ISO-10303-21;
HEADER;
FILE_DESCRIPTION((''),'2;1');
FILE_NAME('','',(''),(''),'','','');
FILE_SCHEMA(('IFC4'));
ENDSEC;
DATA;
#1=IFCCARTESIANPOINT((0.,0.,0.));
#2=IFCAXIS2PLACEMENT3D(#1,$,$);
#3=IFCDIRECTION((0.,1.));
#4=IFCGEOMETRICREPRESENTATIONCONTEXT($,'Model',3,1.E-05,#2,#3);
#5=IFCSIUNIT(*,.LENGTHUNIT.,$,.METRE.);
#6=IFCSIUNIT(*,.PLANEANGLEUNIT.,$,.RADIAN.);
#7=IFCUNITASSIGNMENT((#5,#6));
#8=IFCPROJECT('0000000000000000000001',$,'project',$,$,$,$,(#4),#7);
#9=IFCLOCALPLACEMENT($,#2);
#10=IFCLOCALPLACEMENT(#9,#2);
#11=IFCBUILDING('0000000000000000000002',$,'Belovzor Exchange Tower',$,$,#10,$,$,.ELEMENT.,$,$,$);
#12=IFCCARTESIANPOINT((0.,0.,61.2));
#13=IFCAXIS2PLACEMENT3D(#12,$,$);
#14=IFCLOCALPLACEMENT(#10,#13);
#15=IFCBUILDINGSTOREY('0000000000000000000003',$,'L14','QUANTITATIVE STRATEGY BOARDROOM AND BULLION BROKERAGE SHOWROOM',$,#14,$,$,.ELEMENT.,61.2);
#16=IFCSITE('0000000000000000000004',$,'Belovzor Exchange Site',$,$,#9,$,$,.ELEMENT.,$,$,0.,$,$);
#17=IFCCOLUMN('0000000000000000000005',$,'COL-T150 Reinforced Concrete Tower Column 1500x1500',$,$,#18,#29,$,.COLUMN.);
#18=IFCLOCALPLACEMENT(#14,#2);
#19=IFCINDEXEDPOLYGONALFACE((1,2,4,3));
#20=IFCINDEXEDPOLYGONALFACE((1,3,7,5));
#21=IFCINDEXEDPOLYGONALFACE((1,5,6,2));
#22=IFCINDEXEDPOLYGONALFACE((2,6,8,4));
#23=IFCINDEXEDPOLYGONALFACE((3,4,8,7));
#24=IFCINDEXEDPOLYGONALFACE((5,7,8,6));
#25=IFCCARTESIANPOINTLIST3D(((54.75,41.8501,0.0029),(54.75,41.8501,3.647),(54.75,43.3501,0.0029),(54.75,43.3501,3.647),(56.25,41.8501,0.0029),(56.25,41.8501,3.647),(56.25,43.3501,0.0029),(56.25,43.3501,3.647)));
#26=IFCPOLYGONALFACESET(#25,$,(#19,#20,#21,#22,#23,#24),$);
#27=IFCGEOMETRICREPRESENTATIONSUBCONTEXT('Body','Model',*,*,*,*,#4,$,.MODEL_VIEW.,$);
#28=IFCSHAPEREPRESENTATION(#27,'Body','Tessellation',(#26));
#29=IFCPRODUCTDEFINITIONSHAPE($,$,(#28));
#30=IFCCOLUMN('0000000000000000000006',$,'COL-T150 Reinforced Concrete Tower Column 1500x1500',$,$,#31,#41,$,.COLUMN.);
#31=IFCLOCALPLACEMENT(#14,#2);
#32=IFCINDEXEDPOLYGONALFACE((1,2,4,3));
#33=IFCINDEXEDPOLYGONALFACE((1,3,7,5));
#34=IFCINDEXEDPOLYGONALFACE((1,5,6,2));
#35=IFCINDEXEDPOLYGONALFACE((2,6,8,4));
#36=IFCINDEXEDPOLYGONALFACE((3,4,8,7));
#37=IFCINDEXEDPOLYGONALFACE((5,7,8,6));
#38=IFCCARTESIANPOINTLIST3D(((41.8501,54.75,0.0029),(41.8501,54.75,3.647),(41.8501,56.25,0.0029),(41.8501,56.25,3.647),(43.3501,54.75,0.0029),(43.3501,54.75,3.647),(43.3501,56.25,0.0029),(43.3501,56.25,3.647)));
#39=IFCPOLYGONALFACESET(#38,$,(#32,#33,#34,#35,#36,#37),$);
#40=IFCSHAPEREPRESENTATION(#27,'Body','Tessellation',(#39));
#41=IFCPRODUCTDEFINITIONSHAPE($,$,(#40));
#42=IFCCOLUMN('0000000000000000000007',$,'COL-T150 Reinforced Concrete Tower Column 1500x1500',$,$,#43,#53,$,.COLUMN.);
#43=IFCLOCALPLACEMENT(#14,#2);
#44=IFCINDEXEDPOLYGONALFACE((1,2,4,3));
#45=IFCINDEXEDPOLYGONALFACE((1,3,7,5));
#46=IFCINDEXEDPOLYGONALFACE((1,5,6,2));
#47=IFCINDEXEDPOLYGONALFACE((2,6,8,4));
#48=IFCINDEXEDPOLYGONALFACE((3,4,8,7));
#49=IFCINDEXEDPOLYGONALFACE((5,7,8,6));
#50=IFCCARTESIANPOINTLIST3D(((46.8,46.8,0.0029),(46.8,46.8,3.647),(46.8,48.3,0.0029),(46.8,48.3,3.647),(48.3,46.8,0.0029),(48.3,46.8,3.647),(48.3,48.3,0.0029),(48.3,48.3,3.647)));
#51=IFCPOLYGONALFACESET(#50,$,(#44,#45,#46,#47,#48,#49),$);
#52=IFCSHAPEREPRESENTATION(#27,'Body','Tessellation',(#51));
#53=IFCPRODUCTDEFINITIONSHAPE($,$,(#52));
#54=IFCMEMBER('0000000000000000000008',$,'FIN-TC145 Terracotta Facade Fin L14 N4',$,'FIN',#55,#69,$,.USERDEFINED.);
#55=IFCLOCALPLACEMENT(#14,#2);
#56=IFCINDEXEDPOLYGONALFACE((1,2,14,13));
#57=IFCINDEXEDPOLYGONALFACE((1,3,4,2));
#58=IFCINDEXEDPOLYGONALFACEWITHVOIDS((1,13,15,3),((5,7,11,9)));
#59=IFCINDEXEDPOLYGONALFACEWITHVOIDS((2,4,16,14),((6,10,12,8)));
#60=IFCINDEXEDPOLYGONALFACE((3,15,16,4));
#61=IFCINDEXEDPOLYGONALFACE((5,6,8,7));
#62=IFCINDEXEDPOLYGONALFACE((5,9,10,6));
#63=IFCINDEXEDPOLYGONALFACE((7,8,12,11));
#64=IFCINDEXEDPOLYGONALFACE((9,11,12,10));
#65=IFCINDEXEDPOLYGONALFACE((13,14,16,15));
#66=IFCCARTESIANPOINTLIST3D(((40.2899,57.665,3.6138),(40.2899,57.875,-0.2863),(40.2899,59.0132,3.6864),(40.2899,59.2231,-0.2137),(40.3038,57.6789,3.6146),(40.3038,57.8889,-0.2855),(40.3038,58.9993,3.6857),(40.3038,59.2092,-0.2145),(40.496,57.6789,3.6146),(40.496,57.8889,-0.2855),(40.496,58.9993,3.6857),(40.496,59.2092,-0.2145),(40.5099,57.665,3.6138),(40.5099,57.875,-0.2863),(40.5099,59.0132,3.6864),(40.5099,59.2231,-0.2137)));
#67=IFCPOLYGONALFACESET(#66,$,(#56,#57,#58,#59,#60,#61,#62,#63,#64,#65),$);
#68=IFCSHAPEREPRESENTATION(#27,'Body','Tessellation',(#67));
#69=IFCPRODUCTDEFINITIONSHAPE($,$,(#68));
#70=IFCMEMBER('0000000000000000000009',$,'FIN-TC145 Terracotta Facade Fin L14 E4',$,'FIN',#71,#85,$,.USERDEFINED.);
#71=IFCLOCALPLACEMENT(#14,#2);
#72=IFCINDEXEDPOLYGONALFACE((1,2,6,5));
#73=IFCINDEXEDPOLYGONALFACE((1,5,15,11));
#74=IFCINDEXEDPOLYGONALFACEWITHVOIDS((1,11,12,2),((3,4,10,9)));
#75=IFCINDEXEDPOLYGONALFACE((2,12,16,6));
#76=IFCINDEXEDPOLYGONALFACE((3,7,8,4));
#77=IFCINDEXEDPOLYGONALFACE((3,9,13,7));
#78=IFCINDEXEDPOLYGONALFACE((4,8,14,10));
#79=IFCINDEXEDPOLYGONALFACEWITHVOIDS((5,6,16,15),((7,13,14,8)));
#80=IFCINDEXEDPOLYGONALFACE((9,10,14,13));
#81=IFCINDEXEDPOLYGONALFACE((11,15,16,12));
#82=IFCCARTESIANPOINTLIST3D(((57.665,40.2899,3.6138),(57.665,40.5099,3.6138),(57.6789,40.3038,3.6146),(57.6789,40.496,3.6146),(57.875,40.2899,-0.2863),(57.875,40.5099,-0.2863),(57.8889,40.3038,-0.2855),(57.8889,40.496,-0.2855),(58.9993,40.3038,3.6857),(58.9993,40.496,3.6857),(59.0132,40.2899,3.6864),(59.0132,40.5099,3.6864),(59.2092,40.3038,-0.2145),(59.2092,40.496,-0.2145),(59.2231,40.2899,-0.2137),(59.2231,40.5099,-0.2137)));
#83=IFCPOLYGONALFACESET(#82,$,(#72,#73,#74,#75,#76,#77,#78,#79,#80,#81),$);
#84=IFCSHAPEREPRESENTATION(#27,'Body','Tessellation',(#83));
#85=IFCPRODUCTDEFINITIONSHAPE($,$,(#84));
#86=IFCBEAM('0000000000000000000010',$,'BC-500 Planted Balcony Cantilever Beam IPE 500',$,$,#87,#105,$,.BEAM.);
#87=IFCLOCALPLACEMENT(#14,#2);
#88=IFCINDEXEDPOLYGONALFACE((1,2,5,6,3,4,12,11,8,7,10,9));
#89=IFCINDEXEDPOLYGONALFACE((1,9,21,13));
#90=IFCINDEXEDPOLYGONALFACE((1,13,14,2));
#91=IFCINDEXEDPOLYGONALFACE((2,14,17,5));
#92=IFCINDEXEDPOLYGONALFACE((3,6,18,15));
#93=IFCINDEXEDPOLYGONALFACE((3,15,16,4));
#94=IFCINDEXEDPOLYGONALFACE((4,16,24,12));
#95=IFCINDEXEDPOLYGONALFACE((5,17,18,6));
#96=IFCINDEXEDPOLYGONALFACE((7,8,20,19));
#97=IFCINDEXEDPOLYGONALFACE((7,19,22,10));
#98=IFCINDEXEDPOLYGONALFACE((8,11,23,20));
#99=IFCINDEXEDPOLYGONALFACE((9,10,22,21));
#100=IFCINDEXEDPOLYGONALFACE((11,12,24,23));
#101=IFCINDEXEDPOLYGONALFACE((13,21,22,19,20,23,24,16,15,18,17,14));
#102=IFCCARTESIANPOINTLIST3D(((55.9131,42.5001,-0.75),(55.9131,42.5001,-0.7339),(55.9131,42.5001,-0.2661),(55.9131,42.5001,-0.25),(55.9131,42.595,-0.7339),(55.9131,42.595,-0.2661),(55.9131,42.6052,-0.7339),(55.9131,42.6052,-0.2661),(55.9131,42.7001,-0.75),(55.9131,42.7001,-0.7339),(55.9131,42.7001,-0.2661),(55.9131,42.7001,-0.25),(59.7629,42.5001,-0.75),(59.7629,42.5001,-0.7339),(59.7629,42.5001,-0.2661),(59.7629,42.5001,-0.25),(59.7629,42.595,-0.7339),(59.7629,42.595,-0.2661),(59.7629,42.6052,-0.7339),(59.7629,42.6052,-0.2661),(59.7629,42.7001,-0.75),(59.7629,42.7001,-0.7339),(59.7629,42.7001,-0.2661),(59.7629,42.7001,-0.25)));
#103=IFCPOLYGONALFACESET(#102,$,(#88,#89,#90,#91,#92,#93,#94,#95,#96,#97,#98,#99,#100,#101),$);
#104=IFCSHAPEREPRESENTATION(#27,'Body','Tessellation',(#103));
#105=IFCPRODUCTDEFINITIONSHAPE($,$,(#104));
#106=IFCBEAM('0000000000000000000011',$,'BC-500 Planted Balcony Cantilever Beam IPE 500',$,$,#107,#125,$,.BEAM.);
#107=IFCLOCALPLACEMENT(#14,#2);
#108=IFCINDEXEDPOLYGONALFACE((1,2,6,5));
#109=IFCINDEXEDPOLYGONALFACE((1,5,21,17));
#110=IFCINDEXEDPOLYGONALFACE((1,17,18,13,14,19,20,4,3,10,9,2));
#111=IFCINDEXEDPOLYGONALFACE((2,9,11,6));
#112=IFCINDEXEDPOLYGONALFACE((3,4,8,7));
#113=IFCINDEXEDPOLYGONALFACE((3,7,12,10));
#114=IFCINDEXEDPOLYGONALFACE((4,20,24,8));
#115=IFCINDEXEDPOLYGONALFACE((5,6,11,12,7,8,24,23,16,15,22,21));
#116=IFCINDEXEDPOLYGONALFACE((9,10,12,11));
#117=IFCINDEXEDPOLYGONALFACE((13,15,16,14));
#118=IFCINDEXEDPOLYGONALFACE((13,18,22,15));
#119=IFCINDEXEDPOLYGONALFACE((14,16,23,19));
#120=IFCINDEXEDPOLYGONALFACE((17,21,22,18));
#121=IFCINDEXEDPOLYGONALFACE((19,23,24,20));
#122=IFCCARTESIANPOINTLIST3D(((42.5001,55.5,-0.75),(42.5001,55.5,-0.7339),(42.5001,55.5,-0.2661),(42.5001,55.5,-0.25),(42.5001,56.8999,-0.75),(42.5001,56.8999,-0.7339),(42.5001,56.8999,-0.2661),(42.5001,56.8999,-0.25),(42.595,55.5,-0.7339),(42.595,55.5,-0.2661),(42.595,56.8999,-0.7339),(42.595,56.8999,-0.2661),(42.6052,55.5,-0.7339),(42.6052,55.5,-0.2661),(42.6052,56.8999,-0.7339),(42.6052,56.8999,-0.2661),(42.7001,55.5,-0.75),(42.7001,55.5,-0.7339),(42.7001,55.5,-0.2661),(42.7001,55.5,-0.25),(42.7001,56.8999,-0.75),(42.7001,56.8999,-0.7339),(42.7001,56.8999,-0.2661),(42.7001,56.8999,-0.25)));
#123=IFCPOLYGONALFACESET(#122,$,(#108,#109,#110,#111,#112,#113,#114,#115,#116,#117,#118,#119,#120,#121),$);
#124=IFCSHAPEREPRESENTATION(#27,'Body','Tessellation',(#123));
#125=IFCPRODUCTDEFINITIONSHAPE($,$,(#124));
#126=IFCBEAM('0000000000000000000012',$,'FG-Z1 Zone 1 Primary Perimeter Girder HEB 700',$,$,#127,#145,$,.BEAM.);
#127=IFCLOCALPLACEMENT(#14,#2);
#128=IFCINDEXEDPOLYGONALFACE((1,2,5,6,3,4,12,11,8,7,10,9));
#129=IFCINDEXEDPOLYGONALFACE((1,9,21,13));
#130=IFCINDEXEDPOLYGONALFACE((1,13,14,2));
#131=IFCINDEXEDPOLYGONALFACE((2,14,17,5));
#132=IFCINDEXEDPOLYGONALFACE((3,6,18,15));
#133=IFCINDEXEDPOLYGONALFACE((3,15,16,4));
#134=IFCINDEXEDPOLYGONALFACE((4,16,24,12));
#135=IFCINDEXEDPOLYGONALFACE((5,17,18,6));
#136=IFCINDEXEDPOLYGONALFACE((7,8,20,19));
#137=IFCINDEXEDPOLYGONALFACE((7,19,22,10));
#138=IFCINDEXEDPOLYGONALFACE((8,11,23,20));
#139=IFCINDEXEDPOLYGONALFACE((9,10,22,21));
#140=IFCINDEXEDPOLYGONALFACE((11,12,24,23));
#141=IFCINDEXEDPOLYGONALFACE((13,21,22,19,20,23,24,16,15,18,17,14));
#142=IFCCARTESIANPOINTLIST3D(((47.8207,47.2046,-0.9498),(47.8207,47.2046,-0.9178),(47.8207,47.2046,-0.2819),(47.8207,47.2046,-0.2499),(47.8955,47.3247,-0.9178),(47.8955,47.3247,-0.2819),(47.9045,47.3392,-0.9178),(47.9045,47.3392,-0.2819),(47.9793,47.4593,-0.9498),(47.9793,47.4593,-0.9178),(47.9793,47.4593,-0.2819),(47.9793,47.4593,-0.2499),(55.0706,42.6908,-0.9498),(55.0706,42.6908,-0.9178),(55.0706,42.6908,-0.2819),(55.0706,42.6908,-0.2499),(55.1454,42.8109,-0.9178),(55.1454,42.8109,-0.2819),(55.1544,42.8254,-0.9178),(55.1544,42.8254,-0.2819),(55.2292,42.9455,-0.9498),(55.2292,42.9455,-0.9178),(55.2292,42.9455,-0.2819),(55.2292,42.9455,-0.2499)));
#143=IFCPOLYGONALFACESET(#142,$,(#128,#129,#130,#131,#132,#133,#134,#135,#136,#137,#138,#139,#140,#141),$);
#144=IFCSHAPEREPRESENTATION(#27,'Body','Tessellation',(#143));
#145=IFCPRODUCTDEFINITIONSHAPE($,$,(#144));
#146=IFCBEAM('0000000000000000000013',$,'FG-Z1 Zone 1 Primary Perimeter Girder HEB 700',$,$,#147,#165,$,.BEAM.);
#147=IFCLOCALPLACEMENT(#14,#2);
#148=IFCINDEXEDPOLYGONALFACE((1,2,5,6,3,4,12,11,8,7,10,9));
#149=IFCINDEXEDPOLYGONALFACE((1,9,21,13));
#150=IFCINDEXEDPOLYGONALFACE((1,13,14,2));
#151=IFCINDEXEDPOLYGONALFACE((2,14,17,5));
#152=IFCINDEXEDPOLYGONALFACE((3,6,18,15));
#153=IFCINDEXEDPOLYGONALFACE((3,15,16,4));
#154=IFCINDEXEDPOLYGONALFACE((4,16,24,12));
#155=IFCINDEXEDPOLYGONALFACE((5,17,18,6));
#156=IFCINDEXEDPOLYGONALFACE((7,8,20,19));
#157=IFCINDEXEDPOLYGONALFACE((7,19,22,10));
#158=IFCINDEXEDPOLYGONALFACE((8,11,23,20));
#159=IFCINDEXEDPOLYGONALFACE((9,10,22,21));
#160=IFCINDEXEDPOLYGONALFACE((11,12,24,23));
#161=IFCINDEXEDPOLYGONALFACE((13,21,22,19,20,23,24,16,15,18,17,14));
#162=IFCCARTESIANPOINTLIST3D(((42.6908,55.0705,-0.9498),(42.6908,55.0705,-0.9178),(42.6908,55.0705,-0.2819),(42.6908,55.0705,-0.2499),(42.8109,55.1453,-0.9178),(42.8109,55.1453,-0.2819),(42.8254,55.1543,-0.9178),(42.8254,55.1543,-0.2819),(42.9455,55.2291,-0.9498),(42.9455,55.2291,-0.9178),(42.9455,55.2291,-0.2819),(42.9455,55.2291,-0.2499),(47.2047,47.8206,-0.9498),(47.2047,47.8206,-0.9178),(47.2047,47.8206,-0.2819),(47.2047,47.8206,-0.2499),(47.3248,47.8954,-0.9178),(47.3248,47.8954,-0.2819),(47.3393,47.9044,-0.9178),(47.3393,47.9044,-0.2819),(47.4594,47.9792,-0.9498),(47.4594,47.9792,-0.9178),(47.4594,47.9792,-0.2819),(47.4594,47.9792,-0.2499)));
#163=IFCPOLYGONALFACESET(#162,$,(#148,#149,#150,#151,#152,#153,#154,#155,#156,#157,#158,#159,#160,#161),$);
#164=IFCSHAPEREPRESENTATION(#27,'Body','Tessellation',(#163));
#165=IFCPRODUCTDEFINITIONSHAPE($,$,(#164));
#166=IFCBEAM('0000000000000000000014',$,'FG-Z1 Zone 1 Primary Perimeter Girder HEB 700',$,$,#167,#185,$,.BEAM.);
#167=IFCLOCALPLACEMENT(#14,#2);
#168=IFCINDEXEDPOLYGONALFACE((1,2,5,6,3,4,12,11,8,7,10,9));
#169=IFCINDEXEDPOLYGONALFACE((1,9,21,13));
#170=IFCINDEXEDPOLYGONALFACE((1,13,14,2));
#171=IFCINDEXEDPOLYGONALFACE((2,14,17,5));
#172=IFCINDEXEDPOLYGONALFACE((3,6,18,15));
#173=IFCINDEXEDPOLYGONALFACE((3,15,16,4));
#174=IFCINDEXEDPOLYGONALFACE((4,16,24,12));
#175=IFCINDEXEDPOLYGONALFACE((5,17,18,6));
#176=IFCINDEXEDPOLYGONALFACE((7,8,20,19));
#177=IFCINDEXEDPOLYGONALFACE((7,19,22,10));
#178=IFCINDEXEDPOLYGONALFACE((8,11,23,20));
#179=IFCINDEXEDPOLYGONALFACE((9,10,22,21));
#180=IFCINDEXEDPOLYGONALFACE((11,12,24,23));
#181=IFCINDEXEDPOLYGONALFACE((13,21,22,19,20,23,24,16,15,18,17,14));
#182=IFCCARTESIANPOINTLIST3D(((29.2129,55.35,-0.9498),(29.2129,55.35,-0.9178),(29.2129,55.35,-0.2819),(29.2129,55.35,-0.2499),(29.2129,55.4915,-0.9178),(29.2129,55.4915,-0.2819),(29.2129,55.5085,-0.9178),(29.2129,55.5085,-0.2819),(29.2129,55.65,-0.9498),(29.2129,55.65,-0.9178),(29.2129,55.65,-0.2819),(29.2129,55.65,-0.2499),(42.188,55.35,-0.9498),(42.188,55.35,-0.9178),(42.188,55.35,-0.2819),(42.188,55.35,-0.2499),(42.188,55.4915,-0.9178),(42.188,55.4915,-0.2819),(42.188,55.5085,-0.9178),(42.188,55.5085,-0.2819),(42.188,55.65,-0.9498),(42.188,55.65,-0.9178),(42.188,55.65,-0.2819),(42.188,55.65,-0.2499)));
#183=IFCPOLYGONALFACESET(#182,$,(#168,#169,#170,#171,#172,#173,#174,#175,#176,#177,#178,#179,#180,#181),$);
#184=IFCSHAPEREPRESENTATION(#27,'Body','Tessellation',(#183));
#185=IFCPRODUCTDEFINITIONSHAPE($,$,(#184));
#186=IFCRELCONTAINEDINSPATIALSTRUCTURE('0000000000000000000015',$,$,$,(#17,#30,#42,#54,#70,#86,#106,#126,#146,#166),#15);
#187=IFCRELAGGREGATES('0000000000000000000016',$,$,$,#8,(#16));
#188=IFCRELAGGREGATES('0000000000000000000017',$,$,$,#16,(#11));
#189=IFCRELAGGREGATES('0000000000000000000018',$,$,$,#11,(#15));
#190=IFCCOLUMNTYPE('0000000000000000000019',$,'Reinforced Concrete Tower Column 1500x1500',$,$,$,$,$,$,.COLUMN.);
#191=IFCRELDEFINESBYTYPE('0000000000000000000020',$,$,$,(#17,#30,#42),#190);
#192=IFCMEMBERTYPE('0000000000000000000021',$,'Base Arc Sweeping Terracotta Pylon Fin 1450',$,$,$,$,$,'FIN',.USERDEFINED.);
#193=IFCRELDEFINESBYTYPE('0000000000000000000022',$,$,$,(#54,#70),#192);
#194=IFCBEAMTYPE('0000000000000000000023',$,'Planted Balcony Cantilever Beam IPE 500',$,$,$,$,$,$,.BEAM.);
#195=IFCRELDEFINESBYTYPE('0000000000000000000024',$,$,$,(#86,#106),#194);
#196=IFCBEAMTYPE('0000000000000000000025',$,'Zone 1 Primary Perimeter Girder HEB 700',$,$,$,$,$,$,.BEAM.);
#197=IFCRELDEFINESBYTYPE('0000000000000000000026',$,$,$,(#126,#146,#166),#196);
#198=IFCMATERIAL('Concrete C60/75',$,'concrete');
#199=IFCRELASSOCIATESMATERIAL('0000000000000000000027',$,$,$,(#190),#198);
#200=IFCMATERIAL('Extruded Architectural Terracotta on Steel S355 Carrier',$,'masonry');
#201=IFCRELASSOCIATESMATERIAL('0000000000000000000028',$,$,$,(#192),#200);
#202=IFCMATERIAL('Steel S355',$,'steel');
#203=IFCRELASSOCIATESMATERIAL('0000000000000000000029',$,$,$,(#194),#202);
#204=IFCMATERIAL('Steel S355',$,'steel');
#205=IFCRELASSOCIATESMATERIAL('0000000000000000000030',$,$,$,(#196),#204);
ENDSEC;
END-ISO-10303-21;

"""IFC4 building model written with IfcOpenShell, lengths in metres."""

from ifc_helpers import new_model, si_unit, direction, frame, origin, origin_2d, place, context, subcontext, project, spatial, rectangle, hollow_rectangle, i_section, extrude, material, material_profile, profile_set, type_object, element, save


model = new_model("IFC4")

# Units and contexts
model_context = context("Model", 3, precision=1e-05, world=origin(), true_north=direction((0.0, 1.0)))
body_context = subcontext(model_context, "Body", "Model", "MODEL_VIEW")
ifc_project = project(units=[si_unit("LENGTHUNIT", "METRE"), si_unit("PLANEANGLEUNIT", "RADIAN")], contexts=[model_context])

# Site, building, storey
site_placement = place(None, origin())
site = spatial("IfcSite", under=ifc_project, at=site_placement, Name="Belovzor Exchange Site", CompositionType="ELEMENT", RefElevation=0.0)
building_placement = place(site_placement, origin())
building = spatial("IfcBuilding", under=site, at=building_placement, Name="Belovzor Exchange Tower", CompositionType="ELEMENT")
storey_placement = place(building_placement, frame((0.0, 0.0, 61.2)))
storey = spatial("IfcBuildingStorey", under=building, at=storey_placement, Name="L14", Description="QUANTITATIVE STRATEGY BOARDROOM AND BULLION BROKERAGE SHOWROOM", CompositionType="ELEMENT", Elevation=61.2)

# Columns
ifc_material_1 = material(Name="Concrete C60/75", Category="concrete")
ifc_material_profile_1 = material_profile(ifc_material_1, rectangle(XDim=1.5, YDim=1.5, at=origin_2d()))
ifc_profile_set_1 = profile_set([ifc_material_profile_1], Name="Concrete C60/75")
column_type = type_object("IfcColumnType", Name="Reinforced Concrete Tower Column 1500x1500", PredefinedType="COLUMN", material=ifc_profile_set_1)
for number, where, z_axis, x_axis, name in (
    (1, (55.5, 42.6001, 0.0029), (0.0, 0.0, 1.0), (1.0, 0.0, 0.0), "COL-T150 Reinforced Concrete Tower Column 1500x1500"),
    (2, (42.6001, 55.5, 0.0029), (0.0, 0.0, 1.0), (1.0, 0.0, 0.0), "COL-T150 Reinforced Concrete Tower Column 1500x1500"),
    (3, (47.55, 47.55, 0.0029), (0.0, 0.0, 1.0), (1.0, 0.0, 0.0), "COL-T150 Reinforced Concrete Tower Column 1500x1500"),
):
    element("IfcColumn", number, at=place(storey_placement, frame(where, z_axis=z_axis, x_axis=x_axis)), inside=storey, type_object=column_type, Name=name, PredefinedType="COLUMN", context=body_context, shape_type="SweptSolid", body=[
        extrude(rectangle(XDim=1.5, YDim=1.5, at=origin_2d()), origin(), (0.0, 0.0, 1.0), 3.644),
    ])

# Members
ifc_material_2 = material(Name="Extruded Architectural Terracotta on Steel S355 Carrier", Category="masonry")
ifc_material_profile_2 = material_profile(ifc_material_2, hollow_rectangle(XDim=0.22, YDim=1.3501, WallThickness=0.0139, at=origin_2d()))
ifc_profile_set_2 = profile_set([ifc_material_profile_2], Name="Extruded Architectural Terracotta on Steel S355 Carrier")
member_type = type_object("IfcMemberType", Name="Base Arc Sweeping Terracotta Pylon Fin 1450", ElementType="FIN", PredefinedType="USERDEFINED", material=ifc_profile_set_2)
for number, where, z_axis, x_axis, name in (
    (4, (40.3999, 58.5491, -0.25), (0.0, -0.053756, 0.998554), (1.0, 0.0, 0.0), "FIN-TC145 Terracotta Facade Fin L14 N4"),
    (5, (58.5491, 40.3999, -0.25), (-0.053756, 0.0, 0.998554), (0.0, -1.0, 0.0), "FIN-TC145 Terracotta Facade Fin L14 E4"),
):
    element("IfcMember", number, at=place(storey_placement, frame(where, z_axis=z_axis, x_axis=x_axis)), inside=storey, type_object=member_type, Name=name, ObjectType="FIN", PredefinedType="USERDEFINED", context=body_context, shape_type="SweptSolid", body=[
        extrude(hollow_rectangle(XDim=0.22, YDim=1.3501, WallThickness=0.0139, at=origin_2d()), origin(), (0.0, 0.0, 1.0), 3.9058),
    ])

# Beams
ifc_material_3 = material(Name="Steel S355", Category="steel")
ifc_material_profile_3 = material_profile(ifc_material_3, i_section(OverallWidth=0.2, OverallDepth=0.5, WebThickness=0.0103, FlangeThickness=0.0161, at=origin_2d()))
ifc_profile_set_3 = profile_set([ifc_material_profile_3], Name="Steel S355")
beam_type_1 = type_object("IfcBeamType", Name="Planted Balcony Cantilever Beam IPE 500", PredefinedType="BEAM", material=ifc_profile_set_3)
beam_1_placement = place(storey_placement, frame((55.9131, 42.6001, -0.5), z_axis=(1.0, 0.0, 0.0), x_axis=(0.0, 1.0, 0.0)))
element("IfcBeam", 6, at=beam_1_placement, inside=storey, type_object=beam_type_1, Name="BC-500 Planted Balcony Cantilever Beam IPE 500", PredefinedType="BEAM", context=body_context, shape_type="SweptSolid", body=[
    extrude(i_section(OverallWidth=0.2, OverallDepth=0.5, WebThickness=0.0103, FlangeThickness=0.0161, at=origin_2d()), origin(), (0.0, 0.0, 1.0), 3.8499),
])
beam_2_placement = place(storey_placement, frame((42.6001, 55.5, -0.5), z_axis=(0.0, 1.0, 0.0), x_axis=(-1.0, 0.0, 0.0)))
element("IfcBeam", 7, at=beam_2_placement, inside=storey, type_object=beam_type_1, Name="BC-500 Planted Balcony Cantilever Beam IPE 500", PredefinedType="BEAM", context=body_context, shape_type="SweptSolid", body=[
    extrude(i_section(OverallWidth=0.2, OverallDepth=0.5, WebThickness=0.0103, FlangeThickness=0.0161, at=origin_2d()), origin(), (0.0, 0.0, 1.0), 1.3999),
])
ifc_material_4 = material(Name="Steel S355", Category="steel")
ifc_material_profile_4 = material_profile(ifc_material_4, i_section(OverallWidth=0.3, OverallDepth=0.7, WebThickness=0.0171, FlangeThickness=0.032, at=origin_2d()))
ifc_profile_set_4 = profile_set([ifc_material_profile_4], Name="Steel S355")
beam_type_2 = type_object("IfcBeamType", Name="Zone 1 Primary Perimeter Girder HEB 700", PredefinedType="BEAM", material=ifc_profile_set_4)
for number, where, z_axis, x_axis, name in (
    (8, (55.1499, 42.8181, -0.5999), (-0.848909, 0.528539, 0.0), (-0.528539, -0.848909, 0.0), "FG-Z1 Zone 1 Primary Perimeter Girder HEB 700"),
    (9, (47.332, 47.8999, -0.5999), (-0.528539, 0.848909, 0.0), (-0.848909, -0.528539, 0.0), "FG-Z1 Zone 1 Primary Perimeter Girder HEB 700"),
):
    element("IfcBeam", number, at=place(storey_placement, frame(where, z_axis=z_axis, x_axis=x_axis)), inside=storey, type_object=beam_type_2, Name=name, PredefinedType="BEAM", context=body_context, shape_type="SweptSolid", body=[
        extrude(i_section(OverallWidth=0.3, OverallDepth=0.7, WebThickness=0.0171, FlangeThickness=0.032, at=origin_2d()), origin(), (0.0, 0.0, 1.0), 8.5403),
    ])
beam_3_placement = place(storey_placement, frame((42.188, 55.5, -0.5999), z_axis=(-1.0, 0.0, 0.0), x_axis=(0.0, -1.0, 0.0)))
element("IfcBeam", 10, at=beam_3_placement, inside=storey, type_object=beam_type_2, Name="FG-Z1 Zone 1 Primary Perimeter Girder HEB 700", PredefinedType="BEAM", context=body_context, shape_type="SweptSolid", body=[
    extrude(i_section(OverallWidth=0.3, OverallDepth=0.7, WebThickness=0.0171, FlangeThickness=0.032, at=origin_2d()), origin(), (0.0, 0.0, 1.0), 12.9751),
])

save(model, "model.ifc")
